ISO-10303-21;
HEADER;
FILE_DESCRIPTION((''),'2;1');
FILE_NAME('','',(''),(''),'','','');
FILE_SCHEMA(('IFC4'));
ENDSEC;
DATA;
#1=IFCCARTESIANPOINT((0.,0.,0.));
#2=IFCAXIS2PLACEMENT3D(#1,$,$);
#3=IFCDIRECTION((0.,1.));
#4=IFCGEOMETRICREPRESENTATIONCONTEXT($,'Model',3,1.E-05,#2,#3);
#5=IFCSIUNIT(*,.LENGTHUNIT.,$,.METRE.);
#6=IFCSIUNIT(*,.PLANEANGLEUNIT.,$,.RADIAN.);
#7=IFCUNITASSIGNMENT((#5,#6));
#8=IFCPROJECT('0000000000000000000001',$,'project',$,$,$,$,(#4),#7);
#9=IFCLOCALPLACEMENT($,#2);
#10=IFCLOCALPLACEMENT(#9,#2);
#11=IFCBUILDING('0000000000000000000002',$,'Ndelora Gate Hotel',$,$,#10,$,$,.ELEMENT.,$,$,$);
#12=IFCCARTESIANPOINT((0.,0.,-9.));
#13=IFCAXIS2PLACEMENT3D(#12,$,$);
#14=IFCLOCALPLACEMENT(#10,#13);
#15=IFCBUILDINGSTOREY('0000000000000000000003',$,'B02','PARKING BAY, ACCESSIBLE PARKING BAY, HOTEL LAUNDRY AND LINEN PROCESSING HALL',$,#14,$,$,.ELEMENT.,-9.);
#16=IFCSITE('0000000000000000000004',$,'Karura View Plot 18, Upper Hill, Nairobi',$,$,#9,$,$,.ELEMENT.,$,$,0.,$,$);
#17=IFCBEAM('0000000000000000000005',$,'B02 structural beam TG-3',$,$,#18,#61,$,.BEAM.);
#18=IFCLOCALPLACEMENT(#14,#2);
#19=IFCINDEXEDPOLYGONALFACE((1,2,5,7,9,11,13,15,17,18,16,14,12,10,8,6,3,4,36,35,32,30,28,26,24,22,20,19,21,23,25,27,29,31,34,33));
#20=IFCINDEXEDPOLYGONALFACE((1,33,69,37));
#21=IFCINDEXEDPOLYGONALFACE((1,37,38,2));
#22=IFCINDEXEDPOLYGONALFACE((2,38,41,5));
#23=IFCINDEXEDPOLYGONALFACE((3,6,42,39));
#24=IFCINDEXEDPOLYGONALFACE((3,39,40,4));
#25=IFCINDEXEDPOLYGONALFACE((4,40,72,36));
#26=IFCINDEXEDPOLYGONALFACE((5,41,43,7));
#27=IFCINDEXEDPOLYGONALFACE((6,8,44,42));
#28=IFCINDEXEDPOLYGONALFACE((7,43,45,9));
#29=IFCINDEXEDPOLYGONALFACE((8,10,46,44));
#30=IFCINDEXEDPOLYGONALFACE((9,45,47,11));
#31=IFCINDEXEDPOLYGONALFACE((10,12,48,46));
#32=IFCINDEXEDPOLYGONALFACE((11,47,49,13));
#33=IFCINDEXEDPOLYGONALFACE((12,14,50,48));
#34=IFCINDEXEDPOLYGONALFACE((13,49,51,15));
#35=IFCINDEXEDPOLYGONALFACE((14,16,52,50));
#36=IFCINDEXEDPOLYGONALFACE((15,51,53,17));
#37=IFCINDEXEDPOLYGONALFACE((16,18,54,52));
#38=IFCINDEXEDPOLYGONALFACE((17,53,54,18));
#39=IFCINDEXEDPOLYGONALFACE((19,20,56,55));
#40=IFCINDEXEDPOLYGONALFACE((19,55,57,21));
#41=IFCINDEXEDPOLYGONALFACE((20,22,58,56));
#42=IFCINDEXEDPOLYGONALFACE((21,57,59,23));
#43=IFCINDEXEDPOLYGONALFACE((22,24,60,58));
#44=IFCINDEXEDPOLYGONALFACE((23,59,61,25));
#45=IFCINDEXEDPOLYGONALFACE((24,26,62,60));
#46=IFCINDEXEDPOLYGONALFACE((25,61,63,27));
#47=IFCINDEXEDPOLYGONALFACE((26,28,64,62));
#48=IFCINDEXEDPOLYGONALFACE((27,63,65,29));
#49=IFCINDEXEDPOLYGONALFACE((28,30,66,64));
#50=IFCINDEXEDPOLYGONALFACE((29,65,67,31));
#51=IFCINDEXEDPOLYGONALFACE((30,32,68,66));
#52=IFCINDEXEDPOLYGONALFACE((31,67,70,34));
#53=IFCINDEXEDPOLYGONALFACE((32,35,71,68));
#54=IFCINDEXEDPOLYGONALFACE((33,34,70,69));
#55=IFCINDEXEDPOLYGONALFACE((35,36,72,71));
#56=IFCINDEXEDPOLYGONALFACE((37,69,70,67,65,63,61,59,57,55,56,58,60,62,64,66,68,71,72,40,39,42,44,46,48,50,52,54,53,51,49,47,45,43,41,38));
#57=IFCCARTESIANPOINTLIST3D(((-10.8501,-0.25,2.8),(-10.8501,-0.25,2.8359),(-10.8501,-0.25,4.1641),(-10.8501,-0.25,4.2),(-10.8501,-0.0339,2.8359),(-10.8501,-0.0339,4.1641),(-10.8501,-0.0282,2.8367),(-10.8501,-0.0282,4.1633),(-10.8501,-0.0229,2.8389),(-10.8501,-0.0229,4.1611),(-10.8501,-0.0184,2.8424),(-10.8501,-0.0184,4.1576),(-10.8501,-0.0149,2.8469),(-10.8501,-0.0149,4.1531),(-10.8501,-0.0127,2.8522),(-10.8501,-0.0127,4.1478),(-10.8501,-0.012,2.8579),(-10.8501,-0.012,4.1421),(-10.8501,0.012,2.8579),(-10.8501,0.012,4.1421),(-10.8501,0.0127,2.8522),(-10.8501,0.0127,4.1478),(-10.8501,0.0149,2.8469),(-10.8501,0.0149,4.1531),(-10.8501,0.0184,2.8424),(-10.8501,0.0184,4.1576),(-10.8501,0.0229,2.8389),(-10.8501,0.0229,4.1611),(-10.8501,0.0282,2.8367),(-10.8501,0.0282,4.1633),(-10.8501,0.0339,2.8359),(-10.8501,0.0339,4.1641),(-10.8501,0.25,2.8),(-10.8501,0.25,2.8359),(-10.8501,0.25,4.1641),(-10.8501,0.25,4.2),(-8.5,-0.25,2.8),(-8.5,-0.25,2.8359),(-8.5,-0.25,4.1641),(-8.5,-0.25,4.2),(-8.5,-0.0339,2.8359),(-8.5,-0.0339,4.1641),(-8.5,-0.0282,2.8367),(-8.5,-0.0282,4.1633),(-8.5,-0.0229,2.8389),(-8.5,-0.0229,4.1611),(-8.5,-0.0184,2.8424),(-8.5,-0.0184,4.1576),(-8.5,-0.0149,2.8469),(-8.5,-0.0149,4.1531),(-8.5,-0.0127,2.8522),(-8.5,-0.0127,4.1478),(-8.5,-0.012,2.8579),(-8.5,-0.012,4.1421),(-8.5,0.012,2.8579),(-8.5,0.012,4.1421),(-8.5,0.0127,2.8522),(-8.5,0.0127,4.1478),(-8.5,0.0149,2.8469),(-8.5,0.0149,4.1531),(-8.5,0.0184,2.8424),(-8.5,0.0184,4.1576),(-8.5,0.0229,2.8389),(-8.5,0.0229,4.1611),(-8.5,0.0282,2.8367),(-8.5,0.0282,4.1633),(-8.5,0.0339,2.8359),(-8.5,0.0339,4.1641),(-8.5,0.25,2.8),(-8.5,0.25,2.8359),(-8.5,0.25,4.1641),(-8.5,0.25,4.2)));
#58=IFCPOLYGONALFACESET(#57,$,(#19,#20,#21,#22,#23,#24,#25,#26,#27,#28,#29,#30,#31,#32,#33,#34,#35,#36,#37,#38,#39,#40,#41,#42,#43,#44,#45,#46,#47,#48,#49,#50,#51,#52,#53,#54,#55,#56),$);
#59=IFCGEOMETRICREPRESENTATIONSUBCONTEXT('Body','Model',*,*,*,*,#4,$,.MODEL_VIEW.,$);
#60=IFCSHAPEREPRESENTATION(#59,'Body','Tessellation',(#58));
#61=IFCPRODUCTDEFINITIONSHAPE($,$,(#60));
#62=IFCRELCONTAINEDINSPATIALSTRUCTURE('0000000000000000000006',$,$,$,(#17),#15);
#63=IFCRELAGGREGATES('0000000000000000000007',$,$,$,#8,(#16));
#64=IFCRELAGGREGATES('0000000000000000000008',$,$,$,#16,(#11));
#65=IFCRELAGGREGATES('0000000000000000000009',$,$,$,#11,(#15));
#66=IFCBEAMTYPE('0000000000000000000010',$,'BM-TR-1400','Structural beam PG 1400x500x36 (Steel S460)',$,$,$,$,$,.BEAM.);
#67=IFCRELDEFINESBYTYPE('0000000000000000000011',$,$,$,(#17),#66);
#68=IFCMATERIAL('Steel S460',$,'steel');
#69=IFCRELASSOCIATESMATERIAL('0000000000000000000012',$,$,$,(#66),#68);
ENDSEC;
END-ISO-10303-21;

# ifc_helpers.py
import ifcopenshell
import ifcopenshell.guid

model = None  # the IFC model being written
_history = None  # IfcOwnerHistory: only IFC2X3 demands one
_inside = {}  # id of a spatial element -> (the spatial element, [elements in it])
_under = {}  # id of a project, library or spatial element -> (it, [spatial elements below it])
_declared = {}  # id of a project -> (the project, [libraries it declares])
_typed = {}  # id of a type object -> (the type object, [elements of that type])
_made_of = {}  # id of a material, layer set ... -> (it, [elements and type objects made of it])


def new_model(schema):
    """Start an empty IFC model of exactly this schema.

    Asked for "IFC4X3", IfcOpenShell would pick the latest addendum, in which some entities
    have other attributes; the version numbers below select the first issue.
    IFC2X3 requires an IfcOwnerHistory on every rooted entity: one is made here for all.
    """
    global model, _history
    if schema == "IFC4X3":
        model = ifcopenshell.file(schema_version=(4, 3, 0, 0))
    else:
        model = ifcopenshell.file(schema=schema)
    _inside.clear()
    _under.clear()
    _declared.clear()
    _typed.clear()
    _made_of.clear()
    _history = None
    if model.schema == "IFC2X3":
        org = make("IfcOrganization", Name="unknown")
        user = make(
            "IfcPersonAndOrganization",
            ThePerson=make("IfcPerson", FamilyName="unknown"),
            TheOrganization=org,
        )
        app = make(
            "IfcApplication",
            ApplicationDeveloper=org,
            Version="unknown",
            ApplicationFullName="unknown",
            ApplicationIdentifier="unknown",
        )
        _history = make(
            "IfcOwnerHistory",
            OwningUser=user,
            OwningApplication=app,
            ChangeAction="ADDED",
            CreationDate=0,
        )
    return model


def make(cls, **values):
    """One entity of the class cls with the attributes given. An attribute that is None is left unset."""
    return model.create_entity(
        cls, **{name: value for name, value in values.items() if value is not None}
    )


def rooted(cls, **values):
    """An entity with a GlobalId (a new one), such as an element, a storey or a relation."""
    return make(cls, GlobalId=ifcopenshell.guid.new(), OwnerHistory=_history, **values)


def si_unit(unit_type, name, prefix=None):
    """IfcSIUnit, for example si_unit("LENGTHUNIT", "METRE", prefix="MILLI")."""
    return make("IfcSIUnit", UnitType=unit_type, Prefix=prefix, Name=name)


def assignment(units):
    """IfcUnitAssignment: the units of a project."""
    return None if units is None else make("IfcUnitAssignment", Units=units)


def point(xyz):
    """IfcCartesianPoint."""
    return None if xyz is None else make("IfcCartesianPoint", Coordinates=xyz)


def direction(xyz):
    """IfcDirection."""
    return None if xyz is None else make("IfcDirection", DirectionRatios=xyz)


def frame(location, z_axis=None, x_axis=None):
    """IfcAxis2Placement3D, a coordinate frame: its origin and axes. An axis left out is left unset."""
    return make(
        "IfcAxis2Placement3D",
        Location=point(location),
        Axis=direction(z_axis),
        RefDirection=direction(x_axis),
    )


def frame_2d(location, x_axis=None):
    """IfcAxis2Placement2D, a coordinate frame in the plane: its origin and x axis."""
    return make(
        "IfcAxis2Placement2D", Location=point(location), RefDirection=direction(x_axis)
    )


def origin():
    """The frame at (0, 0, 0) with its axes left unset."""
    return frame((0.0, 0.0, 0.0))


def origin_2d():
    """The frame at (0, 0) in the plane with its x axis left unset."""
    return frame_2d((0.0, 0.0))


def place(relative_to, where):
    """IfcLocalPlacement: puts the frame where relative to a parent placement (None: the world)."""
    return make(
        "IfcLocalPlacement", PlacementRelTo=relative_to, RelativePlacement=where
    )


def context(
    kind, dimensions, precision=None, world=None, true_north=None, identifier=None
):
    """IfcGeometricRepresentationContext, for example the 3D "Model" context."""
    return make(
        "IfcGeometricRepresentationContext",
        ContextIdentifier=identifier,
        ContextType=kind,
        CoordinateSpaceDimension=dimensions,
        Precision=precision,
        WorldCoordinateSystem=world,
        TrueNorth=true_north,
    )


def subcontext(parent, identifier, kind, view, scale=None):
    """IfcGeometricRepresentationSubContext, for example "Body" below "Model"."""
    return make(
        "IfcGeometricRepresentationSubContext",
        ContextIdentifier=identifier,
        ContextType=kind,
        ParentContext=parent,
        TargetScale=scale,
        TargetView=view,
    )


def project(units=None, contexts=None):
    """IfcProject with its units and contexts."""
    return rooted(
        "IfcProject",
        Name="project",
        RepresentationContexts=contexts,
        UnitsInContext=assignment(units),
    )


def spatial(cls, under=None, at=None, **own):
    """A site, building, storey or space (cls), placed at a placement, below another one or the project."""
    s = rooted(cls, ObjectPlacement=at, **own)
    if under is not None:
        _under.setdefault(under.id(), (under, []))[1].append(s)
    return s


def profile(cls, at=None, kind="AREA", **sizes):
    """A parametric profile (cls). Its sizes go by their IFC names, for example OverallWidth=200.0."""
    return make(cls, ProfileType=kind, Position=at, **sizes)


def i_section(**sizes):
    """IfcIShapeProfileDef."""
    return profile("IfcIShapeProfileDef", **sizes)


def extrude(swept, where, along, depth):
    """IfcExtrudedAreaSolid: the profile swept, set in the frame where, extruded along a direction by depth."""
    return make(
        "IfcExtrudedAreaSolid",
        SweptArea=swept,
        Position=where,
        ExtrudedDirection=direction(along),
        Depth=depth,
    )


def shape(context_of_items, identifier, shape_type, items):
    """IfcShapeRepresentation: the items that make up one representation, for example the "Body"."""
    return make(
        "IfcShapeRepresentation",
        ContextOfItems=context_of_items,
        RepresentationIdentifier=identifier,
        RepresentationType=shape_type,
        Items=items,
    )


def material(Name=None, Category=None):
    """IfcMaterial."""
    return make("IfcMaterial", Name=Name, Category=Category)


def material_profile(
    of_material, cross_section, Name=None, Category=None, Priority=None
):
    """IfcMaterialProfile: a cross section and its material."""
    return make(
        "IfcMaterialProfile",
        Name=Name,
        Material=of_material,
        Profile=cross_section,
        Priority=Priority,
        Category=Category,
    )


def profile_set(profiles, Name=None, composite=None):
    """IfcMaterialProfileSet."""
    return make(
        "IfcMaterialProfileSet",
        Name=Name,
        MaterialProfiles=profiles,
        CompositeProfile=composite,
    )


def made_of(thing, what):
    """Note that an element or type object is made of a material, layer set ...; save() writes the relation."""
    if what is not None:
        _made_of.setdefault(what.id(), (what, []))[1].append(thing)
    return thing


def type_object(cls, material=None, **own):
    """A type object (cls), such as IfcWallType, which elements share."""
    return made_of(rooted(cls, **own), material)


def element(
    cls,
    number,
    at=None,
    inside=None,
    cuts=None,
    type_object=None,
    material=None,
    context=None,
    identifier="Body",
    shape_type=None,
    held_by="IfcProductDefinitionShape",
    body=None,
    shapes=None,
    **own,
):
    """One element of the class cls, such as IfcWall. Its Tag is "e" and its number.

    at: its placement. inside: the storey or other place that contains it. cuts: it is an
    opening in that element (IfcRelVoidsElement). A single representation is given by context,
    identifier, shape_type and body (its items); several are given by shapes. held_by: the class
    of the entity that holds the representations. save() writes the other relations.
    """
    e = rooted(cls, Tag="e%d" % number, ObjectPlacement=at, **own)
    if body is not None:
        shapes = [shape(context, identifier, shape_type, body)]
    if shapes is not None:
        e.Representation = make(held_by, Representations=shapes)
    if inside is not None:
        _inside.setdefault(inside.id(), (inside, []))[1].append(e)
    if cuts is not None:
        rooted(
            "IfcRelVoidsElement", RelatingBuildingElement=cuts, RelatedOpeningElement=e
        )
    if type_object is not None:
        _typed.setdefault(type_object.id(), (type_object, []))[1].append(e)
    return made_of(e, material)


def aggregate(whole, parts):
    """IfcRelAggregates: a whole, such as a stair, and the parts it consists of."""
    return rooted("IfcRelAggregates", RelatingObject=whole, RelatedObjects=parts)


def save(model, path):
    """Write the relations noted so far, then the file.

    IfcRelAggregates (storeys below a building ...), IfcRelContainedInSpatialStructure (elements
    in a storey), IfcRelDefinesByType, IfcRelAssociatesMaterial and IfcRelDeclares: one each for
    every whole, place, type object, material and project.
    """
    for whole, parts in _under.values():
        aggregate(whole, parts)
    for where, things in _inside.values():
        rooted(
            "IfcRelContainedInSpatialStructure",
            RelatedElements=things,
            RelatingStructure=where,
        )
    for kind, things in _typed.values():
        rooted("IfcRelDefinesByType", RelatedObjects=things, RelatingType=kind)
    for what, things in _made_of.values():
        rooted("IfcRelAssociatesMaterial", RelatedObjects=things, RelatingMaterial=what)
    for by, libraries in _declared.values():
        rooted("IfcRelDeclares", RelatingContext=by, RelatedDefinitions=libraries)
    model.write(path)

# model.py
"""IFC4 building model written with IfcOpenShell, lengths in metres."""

from ifc_helpers import new_model, si_unit, direction, frame, origin, origin_2d, place, context, subcontext, project, spatial, i_section, extrude, material, material_profile, profile_set, type_object, element, save


model = new_model("IFC4")

# Units and contexts
model_context = context("Model", 3, precision=1e-05, world=origin(), true_north=direction((0.0, 1.0)))
body_context = subcontext(model_context, "Body", "Model", "MODEL_VIEW")
ifc_project = project(units=[si_unit("LENGTHUNIT", "METRE"), si_unit("PLANEANGLEUNIT", "RADIAN")], contexts=[model_context])

# Site, building, storey
site_placement = place(None, origin())
site = spatial("IfcSite", under=ifc_project, at=site_placement, Name="Karura View Plot 18, Upper Hill, Nairobi", CompositionType="ELEMENT", RefElevation=0.0)
building_placement = place(site_placement, origin())
building = spatial("IfcBuilding", under=site, at=building_placement, Name="Ndelora Gate Hotel", CompositionType="ELEMENT")
storey_placement = place(building_placement, frame((0.0, 0.0, -9.0)))
storey = spatial("IfcBuildingStorey", under=building, at=storey_placement, Name="B02", Description="PARKING BAY, ACCESSIBLE PARKING BAY, HOTEL LAUNDRY AND LINEN PROCESSING HALL", CompositionType="ELEMENT", Elevation=-9.0)

# Beam
ifc_material_1 = material(Name="Steel S460", Category="steel")
ifc_material_profile_1 = material_profile(ifc_material_1, i_section(OverallWidth=0.5, OverallDepth=1.3999, WebThickness=0.0239, FlangeThickness=0.0359, FilletRadius=0.022, at=origin_2d()), Name="PG 1400x500x36")
ifc_profile_set_1 = profile_set([ifc_material_profile_1], Name="Steel S460")
beam_type_1 = type_object("IfcBeamType", Name="BM-TR-1400", Description="Structural beam PG 1400x500x36 (Steel S460)", PredefinedType="BEAM", material=ifc_profile_set_1)
beam_1_placement = place(storey_placement, frame((-10.8501, 0.0, 3.5), z_axis=(1.0, 0.0, 0.0), x_axis=(0.0, 1.0, 0.0)))
element("IfcBeam", 1, at=beam_1_placement, inside=storey, type_object=beam_type_1, Name="B02 structural beam TG-3", PredefinedType="BEAM", context=body_context, shape_type="SweptSolid", body=[
    extrude(i_section(OverallWidth=0.5, OverallDepth=1.3999, WebThickness=0.0239, FlangeThickness=0.0359, FilletRadius=0.022, at=origin_2d()), origin(), (0.0, 0.0, 1.0), 2.3501),
])

save(model, "model.ifc")
